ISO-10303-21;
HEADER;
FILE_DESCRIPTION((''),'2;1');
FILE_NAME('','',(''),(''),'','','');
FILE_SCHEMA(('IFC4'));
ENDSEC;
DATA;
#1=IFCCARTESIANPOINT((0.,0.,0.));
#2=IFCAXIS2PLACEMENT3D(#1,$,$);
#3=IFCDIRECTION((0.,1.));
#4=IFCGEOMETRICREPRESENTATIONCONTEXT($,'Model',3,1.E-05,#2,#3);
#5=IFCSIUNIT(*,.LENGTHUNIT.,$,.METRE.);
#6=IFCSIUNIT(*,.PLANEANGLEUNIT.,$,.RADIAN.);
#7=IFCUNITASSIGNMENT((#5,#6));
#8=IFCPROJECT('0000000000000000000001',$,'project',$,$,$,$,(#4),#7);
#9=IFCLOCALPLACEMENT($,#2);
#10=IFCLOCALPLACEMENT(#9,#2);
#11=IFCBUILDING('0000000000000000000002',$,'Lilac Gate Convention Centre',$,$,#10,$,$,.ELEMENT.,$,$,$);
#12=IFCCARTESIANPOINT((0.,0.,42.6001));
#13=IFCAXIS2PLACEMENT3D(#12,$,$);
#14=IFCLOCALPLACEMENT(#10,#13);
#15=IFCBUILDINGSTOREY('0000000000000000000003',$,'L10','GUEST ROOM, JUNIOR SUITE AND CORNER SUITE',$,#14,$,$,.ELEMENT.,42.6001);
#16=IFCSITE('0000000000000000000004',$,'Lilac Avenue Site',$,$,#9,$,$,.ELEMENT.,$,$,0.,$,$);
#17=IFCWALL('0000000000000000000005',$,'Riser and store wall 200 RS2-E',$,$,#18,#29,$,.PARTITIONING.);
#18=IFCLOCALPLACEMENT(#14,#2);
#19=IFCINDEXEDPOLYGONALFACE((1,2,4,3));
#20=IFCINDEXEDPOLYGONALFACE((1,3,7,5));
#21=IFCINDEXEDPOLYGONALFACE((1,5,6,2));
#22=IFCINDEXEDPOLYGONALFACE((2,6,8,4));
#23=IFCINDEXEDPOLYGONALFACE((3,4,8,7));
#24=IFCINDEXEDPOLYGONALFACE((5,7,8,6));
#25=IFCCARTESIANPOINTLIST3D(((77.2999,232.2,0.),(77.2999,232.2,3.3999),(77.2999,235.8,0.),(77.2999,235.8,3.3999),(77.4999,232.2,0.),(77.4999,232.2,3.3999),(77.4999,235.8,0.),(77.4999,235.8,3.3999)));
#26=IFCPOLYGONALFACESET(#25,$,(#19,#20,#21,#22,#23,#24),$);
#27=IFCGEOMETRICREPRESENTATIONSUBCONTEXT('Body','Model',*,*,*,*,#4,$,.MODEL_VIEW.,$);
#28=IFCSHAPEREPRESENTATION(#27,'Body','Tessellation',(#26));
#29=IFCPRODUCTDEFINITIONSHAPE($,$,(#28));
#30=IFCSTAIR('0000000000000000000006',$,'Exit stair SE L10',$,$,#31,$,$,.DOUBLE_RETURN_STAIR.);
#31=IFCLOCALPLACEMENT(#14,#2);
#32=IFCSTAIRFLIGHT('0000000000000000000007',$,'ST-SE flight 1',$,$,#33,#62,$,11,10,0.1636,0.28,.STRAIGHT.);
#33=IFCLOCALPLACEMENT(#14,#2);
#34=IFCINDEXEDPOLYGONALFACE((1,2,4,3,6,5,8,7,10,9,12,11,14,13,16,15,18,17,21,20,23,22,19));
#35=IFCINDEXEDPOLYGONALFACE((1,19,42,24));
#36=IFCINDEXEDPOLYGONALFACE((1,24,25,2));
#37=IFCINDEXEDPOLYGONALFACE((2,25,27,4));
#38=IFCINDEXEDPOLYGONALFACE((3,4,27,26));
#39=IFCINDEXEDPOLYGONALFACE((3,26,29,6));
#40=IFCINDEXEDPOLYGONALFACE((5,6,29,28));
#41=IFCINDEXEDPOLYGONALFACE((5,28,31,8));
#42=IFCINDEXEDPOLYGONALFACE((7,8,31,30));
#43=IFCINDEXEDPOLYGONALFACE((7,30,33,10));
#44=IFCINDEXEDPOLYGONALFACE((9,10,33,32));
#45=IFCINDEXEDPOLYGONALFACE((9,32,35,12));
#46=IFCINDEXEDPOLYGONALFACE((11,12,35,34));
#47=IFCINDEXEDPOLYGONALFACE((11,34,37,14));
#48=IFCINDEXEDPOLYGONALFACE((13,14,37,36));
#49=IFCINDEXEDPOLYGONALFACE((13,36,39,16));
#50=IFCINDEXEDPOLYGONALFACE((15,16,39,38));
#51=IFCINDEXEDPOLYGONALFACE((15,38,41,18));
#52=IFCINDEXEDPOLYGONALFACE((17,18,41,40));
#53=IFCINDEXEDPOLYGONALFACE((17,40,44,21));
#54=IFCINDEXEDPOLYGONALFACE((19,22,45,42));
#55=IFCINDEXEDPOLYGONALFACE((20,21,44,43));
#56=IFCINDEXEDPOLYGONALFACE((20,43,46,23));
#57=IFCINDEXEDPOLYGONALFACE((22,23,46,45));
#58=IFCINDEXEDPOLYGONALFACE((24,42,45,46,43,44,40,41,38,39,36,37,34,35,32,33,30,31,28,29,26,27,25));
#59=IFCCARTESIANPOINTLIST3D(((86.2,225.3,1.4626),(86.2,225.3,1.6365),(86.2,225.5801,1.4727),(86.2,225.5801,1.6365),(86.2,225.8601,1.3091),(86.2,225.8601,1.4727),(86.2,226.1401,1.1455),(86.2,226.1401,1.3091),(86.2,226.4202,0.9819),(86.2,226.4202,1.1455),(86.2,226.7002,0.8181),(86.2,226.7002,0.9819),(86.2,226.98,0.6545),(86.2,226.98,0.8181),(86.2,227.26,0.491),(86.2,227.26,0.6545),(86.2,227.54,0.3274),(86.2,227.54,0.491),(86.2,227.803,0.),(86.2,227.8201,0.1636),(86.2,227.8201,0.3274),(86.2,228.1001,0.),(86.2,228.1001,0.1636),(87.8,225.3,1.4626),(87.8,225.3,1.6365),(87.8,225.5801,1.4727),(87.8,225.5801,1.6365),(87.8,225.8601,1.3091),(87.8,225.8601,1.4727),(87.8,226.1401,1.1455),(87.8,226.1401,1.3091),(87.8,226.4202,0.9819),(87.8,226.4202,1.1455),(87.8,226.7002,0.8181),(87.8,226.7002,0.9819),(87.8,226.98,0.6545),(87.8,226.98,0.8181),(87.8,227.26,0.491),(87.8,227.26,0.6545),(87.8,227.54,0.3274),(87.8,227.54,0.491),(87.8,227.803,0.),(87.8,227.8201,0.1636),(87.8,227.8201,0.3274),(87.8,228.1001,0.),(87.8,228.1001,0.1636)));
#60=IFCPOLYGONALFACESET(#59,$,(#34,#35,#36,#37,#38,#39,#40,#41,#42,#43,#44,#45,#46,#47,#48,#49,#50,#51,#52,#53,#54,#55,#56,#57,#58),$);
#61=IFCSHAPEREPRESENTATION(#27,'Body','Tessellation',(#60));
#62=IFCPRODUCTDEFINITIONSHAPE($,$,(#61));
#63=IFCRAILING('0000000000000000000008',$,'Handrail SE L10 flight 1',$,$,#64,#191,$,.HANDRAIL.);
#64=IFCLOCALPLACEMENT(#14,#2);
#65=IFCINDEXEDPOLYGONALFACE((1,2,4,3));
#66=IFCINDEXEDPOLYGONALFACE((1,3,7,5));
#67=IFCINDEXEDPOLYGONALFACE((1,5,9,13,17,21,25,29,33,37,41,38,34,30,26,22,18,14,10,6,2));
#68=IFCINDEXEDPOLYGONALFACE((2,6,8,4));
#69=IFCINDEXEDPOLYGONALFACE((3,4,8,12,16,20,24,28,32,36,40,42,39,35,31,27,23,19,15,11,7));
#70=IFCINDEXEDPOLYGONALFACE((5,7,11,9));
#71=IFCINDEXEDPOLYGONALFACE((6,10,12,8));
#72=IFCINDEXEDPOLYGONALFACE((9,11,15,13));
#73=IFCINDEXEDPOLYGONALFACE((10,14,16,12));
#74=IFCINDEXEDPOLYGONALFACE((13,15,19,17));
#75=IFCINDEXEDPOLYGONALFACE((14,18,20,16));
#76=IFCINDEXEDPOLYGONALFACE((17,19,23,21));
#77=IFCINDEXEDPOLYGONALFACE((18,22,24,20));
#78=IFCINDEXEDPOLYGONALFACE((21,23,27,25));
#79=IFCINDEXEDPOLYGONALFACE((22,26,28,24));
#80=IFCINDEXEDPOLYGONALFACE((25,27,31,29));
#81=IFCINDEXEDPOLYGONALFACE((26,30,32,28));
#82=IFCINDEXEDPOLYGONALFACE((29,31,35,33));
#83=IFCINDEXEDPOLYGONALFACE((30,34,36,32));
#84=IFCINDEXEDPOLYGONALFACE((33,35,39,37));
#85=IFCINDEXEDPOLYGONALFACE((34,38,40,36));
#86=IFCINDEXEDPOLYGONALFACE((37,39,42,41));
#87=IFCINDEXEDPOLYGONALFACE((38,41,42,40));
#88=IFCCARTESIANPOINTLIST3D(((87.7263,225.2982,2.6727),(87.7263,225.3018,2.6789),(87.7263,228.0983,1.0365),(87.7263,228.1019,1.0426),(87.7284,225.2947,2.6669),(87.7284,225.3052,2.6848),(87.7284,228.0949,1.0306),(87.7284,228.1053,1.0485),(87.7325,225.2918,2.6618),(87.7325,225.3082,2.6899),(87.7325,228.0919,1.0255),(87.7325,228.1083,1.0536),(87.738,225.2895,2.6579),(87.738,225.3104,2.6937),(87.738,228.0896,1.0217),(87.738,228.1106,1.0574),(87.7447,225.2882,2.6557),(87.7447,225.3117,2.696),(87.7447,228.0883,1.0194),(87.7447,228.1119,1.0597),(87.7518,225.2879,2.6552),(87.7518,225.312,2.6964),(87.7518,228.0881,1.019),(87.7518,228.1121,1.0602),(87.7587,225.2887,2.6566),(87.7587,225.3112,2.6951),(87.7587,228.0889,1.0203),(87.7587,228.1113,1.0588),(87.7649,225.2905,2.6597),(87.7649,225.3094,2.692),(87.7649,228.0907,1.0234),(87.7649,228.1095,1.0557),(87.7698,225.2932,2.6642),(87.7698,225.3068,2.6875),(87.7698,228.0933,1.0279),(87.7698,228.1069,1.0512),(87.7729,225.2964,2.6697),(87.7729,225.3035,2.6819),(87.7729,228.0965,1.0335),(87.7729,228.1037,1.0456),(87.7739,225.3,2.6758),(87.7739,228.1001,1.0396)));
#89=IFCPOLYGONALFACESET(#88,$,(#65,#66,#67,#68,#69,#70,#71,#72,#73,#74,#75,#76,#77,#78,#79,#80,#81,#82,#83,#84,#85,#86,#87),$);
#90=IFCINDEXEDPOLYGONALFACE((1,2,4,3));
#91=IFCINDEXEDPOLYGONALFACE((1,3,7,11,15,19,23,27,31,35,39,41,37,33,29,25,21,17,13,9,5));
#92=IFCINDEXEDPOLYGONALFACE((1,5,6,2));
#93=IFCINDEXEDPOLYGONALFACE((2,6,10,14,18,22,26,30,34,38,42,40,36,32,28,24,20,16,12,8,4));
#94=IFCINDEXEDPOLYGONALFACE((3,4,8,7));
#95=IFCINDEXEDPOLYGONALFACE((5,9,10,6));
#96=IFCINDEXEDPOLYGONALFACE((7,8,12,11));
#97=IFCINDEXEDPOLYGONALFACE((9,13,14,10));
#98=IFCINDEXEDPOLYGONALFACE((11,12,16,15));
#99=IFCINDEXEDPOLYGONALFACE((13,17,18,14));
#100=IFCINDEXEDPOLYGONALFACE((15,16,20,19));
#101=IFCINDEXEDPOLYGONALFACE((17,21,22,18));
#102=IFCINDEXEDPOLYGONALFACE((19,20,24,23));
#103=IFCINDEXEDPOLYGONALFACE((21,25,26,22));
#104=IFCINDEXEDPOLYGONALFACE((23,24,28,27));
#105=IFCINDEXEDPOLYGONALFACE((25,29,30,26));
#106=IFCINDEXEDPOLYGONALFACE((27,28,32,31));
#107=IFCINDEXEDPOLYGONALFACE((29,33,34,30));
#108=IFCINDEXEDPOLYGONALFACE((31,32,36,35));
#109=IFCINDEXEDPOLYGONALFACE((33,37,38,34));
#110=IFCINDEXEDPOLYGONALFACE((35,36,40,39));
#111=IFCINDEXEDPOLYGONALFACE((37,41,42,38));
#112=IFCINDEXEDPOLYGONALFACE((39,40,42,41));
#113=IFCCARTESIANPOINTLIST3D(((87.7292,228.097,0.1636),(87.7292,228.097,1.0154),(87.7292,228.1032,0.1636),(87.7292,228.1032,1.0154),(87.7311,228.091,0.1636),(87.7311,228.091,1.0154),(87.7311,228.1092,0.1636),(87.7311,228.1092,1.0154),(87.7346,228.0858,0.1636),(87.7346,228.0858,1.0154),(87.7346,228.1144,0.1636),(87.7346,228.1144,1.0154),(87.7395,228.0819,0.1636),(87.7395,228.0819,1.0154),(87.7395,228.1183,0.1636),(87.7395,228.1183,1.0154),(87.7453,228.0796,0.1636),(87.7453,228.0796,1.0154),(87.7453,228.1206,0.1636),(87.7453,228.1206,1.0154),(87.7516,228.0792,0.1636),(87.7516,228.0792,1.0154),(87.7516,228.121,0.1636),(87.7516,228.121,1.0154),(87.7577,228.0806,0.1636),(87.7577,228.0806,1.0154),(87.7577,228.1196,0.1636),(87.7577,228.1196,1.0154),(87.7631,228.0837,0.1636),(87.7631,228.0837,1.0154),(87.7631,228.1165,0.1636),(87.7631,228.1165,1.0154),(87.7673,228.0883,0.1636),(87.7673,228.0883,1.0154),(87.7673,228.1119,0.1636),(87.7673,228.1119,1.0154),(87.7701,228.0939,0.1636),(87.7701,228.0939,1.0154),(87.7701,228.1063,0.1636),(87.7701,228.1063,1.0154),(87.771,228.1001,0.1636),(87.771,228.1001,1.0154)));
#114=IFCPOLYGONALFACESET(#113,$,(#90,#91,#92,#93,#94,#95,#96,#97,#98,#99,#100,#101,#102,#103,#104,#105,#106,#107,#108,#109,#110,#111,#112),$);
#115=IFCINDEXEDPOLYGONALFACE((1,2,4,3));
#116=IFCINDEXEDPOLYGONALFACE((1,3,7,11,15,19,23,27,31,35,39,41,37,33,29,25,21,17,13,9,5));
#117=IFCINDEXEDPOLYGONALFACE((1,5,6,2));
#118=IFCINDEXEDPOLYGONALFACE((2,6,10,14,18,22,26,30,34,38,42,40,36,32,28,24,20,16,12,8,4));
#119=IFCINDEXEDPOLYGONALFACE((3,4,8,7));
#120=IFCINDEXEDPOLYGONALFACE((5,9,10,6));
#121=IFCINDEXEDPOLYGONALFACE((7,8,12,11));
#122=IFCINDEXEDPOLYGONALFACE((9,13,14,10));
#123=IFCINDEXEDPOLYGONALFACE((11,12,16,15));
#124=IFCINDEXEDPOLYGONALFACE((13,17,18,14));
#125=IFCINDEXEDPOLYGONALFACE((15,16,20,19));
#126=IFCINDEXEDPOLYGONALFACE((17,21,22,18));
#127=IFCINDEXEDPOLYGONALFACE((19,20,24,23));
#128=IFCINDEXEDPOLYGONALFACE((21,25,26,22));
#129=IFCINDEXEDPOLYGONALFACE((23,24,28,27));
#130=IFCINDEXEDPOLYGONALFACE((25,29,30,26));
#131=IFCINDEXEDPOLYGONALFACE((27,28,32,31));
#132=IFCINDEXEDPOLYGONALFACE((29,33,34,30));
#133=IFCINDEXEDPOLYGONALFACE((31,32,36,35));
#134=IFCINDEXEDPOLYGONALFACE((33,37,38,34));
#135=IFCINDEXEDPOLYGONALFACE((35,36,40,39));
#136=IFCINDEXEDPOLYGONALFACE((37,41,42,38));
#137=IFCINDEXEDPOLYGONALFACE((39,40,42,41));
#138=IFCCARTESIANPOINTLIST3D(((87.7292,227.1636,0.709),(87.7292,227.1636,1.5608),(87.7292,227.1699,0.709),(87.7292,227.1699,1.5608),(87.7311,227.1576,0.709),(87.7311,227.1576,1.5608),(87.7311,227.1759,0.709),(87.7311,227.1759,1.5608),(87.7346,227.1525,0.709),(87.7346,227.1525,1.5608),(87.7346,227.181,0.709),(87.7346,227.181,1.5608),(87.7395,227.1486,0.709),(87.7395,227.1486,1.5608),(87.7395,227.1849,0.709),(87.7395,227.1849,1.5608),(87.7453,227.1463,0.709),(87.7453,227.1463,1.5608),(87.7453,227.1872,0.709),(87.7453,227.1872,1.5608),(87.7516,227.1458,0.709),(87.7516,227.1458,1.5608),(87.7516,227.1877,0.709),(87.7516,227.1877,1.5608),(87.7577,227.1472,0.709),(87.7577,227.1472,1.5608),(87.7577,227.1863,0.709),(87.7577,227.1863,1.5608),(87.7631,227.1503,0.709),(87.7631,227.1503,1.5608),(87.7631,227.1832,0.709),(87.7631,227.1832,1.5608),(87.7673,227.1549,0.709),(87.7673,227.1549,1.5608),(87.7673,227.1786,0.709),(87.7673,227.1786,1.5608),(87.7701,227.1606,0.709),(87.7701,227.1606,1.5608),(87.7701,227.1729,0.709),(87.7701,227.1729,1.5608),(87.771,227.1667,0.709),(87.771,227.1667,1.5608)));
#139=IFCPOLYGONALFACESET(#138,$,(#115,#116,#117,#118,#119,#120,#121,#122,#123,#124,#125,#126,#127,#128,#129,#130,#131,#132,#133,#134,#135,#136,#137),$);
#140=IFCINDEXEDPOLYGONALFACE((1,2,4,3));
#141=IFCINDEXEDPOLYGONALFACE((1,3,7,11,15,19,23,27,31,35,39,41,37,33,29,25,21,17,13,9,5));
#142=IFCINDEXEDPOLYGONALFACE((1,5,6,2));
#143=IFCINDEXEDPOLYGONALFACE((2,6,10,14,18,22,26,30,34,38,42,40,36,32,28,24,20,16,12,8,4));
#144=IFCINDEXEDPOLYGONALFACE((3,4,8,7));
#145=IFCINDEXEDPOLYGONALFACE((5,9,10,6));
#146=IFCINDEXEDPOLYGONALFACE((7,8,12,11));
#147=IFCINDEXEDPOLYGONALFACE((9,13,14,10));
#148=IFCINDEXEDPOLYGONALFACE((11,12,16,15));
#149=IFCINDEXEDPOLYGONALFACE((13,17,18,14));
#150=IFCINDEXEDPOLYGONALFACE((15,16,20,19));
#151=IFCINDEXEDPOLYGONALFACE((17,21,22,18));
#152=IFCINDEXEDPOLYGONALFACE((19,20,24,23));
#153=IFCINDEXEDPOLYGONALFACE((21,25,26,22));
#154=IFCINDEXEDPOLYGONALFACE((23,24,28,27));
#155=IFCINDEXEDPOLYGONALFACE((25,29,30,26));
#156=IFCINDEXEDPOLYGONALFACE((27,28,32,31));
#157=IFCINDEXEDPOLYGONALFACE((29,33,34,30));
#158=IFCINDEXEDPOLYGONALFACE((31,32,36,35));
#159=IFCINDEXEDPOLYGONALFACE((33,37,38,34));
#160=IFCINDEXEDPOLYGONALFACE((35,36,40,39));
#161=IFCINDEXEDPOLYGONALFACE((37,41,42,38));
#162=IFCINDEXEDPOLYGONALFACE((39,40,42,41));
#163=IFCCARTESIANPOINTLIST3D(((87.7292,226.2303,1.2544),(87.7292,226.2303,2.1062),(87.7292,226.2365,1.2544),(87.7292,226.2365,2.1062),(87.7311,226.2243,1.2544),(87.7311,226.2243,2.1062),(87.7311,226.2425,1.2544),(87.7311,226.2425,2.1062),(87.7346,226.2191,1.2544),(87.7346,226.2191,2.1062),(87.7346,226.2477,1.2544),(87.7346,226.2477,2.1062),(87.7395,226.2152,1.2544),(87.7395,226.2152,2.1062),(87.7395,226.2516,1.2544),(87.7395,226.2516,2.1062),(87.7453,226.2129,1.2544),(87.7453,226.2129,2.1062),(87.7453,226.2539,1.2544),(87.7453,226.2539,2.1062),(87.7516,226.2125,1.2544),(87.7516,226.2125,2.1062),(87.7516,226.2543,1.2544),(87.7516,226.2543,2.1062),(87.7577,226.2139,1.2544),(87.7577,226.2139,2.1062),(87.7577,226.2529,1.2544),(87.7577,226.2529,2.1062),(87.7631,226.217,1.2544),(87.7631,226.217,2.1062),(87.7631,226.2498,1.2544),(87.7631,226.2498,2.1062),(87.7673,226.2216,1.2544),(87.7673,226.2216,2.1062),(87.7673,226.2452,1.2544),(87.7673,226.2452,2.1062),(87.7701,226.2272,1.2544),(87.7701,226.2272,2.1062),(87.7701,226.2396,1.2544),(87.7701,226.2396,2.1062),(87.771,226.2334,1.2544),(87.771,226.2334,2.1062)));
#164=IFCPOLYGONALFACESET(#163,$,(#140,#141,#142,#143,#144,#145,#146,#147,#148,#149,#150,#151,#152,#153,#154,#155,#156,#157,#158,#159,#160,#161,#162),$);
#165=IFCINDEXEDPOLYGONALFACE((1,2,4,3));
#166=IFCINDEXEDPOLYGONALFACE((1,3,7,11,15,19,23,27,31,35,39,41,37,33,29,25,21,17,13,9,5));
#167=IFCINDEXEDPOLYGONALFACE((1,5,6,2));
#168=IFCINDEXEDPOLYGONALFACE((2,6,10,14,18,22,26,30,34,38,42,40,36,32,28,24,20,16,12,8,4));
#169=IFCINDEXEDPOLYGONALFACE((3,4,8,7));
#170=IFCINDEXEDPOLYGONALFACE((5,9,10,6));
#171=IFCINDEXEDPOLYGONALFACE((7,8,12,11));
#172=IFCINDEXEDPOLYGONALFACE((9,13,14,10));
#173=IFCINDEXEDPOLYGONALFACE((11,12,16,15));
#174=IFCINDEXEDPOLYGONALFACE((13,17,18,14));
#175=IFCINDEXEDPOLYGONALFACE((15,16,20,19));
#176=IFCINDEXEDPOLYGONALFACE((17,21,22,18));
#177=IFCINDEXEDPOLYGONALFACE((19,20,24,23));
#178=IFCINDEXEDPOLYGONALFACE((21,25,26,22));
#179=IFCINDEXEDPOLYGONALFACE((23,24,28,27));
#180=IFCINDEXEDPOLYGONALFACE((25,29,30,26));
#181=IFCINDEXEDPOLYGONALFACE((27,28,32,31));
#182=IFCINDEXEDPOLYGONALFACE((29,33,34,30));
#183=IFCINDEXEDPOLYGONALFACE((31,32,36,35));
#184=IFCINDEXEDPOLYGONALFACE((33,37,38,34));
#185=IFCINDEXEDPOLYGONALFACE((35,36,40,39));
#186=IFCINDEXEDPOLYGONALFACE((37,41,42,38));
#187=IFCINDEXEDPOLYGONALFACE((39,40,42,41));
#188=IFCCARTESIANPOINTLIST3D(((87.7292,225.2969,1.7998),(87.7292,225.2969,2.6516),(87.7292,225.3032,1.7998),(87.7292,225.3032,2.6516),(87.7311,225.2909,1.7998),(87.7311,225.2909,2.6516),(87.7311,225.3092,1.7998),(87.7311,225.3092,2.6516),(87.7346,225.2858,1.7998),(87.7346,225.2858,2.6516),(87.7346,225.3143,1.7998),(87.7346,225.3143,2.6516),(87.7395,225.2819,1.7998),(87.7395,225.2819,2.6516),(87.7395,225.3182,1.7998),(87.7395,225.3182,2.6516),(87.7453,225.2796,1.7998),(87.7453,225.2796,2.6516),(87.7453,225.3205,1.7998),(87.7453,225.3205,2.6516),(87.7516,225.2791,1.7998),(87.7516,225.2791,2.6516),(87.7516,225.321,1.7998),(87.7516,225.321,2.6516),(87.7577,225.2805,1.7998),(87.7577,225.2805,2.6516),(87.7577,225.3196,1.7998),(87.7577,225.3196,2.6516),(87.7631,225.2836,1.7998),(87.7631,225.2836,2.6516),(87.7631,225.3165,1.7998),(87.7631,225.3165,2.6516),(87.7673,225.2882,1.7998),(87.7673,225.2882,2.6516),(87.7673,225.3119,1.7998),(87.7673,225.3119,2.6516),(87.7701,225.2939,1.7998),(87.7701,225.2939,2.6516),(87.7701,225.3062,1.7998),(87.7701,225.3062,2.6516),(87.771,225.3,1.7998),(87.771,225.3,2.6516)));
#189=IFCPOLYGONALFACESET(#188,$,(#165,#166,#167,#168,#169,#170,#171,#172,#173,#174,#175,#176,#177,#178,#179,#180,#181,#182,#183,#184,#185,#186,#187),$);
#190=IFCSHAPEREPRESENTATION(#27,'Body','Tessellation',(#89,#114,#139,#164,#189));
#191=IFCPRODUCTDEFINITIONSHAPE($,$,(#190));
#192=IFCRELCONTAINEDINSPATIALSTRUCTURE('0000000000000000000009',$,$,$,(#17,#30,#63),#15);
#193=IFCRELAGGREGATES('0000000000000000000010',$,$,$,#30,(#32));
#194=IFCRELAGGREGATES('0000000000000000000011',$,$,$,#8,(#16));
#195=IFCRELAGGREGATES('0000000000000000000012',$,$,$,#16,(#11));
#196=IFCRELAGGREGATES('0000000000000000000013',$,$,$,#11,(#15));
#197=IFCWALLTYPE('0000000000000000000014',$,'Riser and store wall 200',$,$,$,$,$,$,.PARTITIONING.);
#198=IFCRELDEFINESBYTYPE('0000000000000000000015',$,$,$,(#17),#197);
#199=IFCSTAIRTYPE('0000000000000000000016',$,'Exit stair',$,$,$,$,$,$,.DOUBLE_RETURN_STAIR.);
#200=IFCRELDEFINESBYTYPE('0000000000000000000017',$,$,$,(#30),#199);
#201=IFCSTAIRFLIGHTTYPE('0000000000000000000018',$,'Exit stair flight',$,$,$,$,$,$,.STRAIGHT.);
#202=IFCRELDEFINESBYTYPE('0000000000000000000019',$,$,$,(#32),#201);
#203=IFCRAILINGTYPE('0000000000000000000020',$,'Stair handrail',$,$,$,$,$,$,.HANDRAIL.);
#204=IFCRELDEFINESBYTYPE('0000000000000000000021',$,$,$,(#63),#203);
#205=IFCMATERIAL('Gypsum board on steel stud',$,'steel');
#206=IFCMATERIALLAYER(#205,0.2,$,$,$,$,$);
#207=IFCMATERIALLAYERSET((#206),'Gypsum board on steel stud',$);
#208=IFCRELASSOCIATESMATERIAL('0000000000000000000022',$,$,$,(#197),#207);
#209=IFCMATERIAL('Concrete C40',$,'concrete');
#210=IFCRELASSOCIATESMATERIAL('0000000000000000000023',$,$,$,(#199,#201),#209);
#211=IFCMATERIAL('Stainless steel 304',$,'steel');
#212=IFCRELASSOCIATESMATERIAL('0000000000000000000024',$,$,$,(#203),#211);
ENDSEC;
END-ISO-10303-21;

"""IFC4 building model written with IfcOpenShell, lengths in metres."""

from ifc_helpers import new_model, si_unit, direction, frame, frame_2d, origin, origin_2d, place, context, subcontext, project, spatial, polyline, rectangle, circle, outline, extrude, material, layer, layer_set, type_object, element, aggregate, save


model = new_model("IFC4")

# Units and contexts
model_context = context("Model", 3, precision=1e-05, world=origin(), true_north=direction((0.0, 1.0)))
body_context = subcontext(model_context, "Body", "Model", "MODEL_VIEW")
ifc_project = project(units=[si_unit("LENGTHUNIT", "METRE"), si_unit("PLANEANGLEUNIT", "RADIAN")], contexts=[model_context])

# Site, building, storey
site_placement = place(None, origin())
site = spatial("IfcSite", under=ifc_project, at=site_placement, Name="Lilac Avenue Site", CompositionType="ELEMENT", RefElevation=0.0)
building_placement = place(site_placement, origin())
building = spatial("IfcBuilding", under=site, at=building_placement, Name="Lilac Gate Convention Centre", CompositionType="ELEMENT")
storey_placement = place(building_placement, frame((0.0, 0.0, 42.6001)))
storey = spatial("IfcBuildingStorey", under=building, at=storey_placement, Name="L10", Description="GUEST ROOM, JUNIOR SUITE AND CORNER SUITE", CompositionType="ELEMENT", Elevation=42.6001)

# Shared definitions
ifc_material_1 = material(Name="Stainless steel 304", Category="steel")
ifc_material_2 = material(Name="Gypsum board on steel stud", Category="steel")

# Wall
ifc_layer_1 = layer(ifc_material_2, 0.2)
ifc_layer_set_1 = layer_set([ifc_layer_1], Name="Gypsum board on steel stud")
wall_type_1 = type_object("IfcWallType", Name="Riser and store wall 200", PredefinedType="PARTITIONING", material=ifc_layer_set_1)
wall_1_placement = place(storey_placement, frame((77.3999, 232.2, 0.0), z_axis=(0.0, 0.0, 1.0), x_axis=(0.0, 1.0, 0.0)))
element("IfcWall", 1, at=wall_1_placement, inside=storey, type_object=wall_type_1, Name="Riser and store wall 200 RS2-E", PredefinedType="PARTITIONING", context=body_context, shape_type="SweptSolid", body=[
    extrude(rectangle(XDim=3.6001, YDim=0.2, at=frame_2d((1.8, 0.0))), origin(), (0.0, 0.0, 1.0), 3.3999),
])

# Stair, stair flight
ifc_material_3 = material(Name="Concrete C40", Category="concrete")
stair_type = type_object("IfcStairType", Name="Exit stair", PredefinedType="DOUBLE_RETURN_STAIR", material=ifc_material_3)
stair_placement = place(storey_placement, origin())
stair = element("IfcStair", 2, at=stair_placement, inside=storey, type_object=stair_type, Name="Exit stair SE L10", PredefinedType="DOUBLE_RETURN_STAIR")
stair_flight_type = type_object("IfcStairFlightType", Name="Exit stair flight", PredefinedType="STRAIGHT", material=ifc_material_3)
stair_flight_placement = place(storey_placement, frame((87.0, 228.1001, 0.0), z_axis=(0.0, 0.0, 1.0), x_axis=(0.0, -1.0, 0.0)))
stair_flight = element("IfcStairFlight", 3, at=stair_flight_placement, type_object=stair_flight_type, Name="ST-SE flight 1", NumberOfRisers=11, NumberOfTreads=10, PredefinedType="STRAIGHT", RiserHeight=0.1636, TreadLength=0.28, context=body_context, shape_type="SweptSolid", body=[
    extrude(outline(polyline([(0.0, 0.0), (0.0, 0.1636), (0.28, 0.1636), (0.28, 0.3274), (0.5601, 0.3274), (0.5601, 0.491), (0.8401, 0.491), (0.8401, 0.6545), (1.1201, 0.6545), (1.1201, 0.8181), (1.3999, 0.8181), (1.3999, 0.9819), (1.6799, 0.9819), (1.6799, 1.1455), (1.96, 1.1455), (1.96, 1.3091), (2.24, 1.3091), (2.24, 1.4727), (2.52, 1.4727), (2.52, 1.6365), (2.8, 1.6365), (2.8, 1.8), (2.8, 1.4626), (0.2971, 0.0), (0.0, 0.0)])), frame((0.0, 0.8, 0.0), z_axis=(0.0, -1.0, 0.0), x_axis=(1.0, 0.0, 0.0)), (0.0, 0.0, 1.0), 1.6001),
])
aggregate(stair, [stair_flight])

# Railing
railing_type = type_object("IfcRailingType", Name="Stair handrail", PredefinedType="HANDRAIL", material=ifc_material_1)
for number, where, name in (
    (4, (87.75, 228.1001, 0.1636), "Handrail SE L10 flight 1"),
):
    element("IfcRailing", number, at=place(storey_placement, frame(where)), inside=storey, type_object=railing_type, Name=name, PredefinedType="HANDRAIL", context=body_context, shape_type="SweptSolid", body=[
        extrude(circle(Radius=0.0239, at=origin_2d()), frame((0.0, 0.0, 0.876), z_axis=(0.0, -0.863394, 0.504531), x_axis=(1.0, 0.0, 0.0)), (0.0, 0.0, 1.0), 3.2432),
        extrude(circle(Radius=0.021, at=origin_2d()), origin(), (0.0, 0.0, 1.0), 0.8518),
        extrude(circle(Radius=0.021, at=origin_2d()), frame((0.0, -0.9333, 0.5454)), (0.0, 0.0, 1.0), 0.8518),
        extrude(circle(Radius=0.021, at=origin_2d()), frame((0.0, -1.8667, 1.0908)), (0.0, 0.0, 1.0), 0.8518),
        extrude(circle(Radius=0.021, at=origin_2d()), frame((0.0, -2.8, 1.6362)), (0.0, 0.0, 1.0), 0.8518),
    ])

save(model, "model.ifc")
